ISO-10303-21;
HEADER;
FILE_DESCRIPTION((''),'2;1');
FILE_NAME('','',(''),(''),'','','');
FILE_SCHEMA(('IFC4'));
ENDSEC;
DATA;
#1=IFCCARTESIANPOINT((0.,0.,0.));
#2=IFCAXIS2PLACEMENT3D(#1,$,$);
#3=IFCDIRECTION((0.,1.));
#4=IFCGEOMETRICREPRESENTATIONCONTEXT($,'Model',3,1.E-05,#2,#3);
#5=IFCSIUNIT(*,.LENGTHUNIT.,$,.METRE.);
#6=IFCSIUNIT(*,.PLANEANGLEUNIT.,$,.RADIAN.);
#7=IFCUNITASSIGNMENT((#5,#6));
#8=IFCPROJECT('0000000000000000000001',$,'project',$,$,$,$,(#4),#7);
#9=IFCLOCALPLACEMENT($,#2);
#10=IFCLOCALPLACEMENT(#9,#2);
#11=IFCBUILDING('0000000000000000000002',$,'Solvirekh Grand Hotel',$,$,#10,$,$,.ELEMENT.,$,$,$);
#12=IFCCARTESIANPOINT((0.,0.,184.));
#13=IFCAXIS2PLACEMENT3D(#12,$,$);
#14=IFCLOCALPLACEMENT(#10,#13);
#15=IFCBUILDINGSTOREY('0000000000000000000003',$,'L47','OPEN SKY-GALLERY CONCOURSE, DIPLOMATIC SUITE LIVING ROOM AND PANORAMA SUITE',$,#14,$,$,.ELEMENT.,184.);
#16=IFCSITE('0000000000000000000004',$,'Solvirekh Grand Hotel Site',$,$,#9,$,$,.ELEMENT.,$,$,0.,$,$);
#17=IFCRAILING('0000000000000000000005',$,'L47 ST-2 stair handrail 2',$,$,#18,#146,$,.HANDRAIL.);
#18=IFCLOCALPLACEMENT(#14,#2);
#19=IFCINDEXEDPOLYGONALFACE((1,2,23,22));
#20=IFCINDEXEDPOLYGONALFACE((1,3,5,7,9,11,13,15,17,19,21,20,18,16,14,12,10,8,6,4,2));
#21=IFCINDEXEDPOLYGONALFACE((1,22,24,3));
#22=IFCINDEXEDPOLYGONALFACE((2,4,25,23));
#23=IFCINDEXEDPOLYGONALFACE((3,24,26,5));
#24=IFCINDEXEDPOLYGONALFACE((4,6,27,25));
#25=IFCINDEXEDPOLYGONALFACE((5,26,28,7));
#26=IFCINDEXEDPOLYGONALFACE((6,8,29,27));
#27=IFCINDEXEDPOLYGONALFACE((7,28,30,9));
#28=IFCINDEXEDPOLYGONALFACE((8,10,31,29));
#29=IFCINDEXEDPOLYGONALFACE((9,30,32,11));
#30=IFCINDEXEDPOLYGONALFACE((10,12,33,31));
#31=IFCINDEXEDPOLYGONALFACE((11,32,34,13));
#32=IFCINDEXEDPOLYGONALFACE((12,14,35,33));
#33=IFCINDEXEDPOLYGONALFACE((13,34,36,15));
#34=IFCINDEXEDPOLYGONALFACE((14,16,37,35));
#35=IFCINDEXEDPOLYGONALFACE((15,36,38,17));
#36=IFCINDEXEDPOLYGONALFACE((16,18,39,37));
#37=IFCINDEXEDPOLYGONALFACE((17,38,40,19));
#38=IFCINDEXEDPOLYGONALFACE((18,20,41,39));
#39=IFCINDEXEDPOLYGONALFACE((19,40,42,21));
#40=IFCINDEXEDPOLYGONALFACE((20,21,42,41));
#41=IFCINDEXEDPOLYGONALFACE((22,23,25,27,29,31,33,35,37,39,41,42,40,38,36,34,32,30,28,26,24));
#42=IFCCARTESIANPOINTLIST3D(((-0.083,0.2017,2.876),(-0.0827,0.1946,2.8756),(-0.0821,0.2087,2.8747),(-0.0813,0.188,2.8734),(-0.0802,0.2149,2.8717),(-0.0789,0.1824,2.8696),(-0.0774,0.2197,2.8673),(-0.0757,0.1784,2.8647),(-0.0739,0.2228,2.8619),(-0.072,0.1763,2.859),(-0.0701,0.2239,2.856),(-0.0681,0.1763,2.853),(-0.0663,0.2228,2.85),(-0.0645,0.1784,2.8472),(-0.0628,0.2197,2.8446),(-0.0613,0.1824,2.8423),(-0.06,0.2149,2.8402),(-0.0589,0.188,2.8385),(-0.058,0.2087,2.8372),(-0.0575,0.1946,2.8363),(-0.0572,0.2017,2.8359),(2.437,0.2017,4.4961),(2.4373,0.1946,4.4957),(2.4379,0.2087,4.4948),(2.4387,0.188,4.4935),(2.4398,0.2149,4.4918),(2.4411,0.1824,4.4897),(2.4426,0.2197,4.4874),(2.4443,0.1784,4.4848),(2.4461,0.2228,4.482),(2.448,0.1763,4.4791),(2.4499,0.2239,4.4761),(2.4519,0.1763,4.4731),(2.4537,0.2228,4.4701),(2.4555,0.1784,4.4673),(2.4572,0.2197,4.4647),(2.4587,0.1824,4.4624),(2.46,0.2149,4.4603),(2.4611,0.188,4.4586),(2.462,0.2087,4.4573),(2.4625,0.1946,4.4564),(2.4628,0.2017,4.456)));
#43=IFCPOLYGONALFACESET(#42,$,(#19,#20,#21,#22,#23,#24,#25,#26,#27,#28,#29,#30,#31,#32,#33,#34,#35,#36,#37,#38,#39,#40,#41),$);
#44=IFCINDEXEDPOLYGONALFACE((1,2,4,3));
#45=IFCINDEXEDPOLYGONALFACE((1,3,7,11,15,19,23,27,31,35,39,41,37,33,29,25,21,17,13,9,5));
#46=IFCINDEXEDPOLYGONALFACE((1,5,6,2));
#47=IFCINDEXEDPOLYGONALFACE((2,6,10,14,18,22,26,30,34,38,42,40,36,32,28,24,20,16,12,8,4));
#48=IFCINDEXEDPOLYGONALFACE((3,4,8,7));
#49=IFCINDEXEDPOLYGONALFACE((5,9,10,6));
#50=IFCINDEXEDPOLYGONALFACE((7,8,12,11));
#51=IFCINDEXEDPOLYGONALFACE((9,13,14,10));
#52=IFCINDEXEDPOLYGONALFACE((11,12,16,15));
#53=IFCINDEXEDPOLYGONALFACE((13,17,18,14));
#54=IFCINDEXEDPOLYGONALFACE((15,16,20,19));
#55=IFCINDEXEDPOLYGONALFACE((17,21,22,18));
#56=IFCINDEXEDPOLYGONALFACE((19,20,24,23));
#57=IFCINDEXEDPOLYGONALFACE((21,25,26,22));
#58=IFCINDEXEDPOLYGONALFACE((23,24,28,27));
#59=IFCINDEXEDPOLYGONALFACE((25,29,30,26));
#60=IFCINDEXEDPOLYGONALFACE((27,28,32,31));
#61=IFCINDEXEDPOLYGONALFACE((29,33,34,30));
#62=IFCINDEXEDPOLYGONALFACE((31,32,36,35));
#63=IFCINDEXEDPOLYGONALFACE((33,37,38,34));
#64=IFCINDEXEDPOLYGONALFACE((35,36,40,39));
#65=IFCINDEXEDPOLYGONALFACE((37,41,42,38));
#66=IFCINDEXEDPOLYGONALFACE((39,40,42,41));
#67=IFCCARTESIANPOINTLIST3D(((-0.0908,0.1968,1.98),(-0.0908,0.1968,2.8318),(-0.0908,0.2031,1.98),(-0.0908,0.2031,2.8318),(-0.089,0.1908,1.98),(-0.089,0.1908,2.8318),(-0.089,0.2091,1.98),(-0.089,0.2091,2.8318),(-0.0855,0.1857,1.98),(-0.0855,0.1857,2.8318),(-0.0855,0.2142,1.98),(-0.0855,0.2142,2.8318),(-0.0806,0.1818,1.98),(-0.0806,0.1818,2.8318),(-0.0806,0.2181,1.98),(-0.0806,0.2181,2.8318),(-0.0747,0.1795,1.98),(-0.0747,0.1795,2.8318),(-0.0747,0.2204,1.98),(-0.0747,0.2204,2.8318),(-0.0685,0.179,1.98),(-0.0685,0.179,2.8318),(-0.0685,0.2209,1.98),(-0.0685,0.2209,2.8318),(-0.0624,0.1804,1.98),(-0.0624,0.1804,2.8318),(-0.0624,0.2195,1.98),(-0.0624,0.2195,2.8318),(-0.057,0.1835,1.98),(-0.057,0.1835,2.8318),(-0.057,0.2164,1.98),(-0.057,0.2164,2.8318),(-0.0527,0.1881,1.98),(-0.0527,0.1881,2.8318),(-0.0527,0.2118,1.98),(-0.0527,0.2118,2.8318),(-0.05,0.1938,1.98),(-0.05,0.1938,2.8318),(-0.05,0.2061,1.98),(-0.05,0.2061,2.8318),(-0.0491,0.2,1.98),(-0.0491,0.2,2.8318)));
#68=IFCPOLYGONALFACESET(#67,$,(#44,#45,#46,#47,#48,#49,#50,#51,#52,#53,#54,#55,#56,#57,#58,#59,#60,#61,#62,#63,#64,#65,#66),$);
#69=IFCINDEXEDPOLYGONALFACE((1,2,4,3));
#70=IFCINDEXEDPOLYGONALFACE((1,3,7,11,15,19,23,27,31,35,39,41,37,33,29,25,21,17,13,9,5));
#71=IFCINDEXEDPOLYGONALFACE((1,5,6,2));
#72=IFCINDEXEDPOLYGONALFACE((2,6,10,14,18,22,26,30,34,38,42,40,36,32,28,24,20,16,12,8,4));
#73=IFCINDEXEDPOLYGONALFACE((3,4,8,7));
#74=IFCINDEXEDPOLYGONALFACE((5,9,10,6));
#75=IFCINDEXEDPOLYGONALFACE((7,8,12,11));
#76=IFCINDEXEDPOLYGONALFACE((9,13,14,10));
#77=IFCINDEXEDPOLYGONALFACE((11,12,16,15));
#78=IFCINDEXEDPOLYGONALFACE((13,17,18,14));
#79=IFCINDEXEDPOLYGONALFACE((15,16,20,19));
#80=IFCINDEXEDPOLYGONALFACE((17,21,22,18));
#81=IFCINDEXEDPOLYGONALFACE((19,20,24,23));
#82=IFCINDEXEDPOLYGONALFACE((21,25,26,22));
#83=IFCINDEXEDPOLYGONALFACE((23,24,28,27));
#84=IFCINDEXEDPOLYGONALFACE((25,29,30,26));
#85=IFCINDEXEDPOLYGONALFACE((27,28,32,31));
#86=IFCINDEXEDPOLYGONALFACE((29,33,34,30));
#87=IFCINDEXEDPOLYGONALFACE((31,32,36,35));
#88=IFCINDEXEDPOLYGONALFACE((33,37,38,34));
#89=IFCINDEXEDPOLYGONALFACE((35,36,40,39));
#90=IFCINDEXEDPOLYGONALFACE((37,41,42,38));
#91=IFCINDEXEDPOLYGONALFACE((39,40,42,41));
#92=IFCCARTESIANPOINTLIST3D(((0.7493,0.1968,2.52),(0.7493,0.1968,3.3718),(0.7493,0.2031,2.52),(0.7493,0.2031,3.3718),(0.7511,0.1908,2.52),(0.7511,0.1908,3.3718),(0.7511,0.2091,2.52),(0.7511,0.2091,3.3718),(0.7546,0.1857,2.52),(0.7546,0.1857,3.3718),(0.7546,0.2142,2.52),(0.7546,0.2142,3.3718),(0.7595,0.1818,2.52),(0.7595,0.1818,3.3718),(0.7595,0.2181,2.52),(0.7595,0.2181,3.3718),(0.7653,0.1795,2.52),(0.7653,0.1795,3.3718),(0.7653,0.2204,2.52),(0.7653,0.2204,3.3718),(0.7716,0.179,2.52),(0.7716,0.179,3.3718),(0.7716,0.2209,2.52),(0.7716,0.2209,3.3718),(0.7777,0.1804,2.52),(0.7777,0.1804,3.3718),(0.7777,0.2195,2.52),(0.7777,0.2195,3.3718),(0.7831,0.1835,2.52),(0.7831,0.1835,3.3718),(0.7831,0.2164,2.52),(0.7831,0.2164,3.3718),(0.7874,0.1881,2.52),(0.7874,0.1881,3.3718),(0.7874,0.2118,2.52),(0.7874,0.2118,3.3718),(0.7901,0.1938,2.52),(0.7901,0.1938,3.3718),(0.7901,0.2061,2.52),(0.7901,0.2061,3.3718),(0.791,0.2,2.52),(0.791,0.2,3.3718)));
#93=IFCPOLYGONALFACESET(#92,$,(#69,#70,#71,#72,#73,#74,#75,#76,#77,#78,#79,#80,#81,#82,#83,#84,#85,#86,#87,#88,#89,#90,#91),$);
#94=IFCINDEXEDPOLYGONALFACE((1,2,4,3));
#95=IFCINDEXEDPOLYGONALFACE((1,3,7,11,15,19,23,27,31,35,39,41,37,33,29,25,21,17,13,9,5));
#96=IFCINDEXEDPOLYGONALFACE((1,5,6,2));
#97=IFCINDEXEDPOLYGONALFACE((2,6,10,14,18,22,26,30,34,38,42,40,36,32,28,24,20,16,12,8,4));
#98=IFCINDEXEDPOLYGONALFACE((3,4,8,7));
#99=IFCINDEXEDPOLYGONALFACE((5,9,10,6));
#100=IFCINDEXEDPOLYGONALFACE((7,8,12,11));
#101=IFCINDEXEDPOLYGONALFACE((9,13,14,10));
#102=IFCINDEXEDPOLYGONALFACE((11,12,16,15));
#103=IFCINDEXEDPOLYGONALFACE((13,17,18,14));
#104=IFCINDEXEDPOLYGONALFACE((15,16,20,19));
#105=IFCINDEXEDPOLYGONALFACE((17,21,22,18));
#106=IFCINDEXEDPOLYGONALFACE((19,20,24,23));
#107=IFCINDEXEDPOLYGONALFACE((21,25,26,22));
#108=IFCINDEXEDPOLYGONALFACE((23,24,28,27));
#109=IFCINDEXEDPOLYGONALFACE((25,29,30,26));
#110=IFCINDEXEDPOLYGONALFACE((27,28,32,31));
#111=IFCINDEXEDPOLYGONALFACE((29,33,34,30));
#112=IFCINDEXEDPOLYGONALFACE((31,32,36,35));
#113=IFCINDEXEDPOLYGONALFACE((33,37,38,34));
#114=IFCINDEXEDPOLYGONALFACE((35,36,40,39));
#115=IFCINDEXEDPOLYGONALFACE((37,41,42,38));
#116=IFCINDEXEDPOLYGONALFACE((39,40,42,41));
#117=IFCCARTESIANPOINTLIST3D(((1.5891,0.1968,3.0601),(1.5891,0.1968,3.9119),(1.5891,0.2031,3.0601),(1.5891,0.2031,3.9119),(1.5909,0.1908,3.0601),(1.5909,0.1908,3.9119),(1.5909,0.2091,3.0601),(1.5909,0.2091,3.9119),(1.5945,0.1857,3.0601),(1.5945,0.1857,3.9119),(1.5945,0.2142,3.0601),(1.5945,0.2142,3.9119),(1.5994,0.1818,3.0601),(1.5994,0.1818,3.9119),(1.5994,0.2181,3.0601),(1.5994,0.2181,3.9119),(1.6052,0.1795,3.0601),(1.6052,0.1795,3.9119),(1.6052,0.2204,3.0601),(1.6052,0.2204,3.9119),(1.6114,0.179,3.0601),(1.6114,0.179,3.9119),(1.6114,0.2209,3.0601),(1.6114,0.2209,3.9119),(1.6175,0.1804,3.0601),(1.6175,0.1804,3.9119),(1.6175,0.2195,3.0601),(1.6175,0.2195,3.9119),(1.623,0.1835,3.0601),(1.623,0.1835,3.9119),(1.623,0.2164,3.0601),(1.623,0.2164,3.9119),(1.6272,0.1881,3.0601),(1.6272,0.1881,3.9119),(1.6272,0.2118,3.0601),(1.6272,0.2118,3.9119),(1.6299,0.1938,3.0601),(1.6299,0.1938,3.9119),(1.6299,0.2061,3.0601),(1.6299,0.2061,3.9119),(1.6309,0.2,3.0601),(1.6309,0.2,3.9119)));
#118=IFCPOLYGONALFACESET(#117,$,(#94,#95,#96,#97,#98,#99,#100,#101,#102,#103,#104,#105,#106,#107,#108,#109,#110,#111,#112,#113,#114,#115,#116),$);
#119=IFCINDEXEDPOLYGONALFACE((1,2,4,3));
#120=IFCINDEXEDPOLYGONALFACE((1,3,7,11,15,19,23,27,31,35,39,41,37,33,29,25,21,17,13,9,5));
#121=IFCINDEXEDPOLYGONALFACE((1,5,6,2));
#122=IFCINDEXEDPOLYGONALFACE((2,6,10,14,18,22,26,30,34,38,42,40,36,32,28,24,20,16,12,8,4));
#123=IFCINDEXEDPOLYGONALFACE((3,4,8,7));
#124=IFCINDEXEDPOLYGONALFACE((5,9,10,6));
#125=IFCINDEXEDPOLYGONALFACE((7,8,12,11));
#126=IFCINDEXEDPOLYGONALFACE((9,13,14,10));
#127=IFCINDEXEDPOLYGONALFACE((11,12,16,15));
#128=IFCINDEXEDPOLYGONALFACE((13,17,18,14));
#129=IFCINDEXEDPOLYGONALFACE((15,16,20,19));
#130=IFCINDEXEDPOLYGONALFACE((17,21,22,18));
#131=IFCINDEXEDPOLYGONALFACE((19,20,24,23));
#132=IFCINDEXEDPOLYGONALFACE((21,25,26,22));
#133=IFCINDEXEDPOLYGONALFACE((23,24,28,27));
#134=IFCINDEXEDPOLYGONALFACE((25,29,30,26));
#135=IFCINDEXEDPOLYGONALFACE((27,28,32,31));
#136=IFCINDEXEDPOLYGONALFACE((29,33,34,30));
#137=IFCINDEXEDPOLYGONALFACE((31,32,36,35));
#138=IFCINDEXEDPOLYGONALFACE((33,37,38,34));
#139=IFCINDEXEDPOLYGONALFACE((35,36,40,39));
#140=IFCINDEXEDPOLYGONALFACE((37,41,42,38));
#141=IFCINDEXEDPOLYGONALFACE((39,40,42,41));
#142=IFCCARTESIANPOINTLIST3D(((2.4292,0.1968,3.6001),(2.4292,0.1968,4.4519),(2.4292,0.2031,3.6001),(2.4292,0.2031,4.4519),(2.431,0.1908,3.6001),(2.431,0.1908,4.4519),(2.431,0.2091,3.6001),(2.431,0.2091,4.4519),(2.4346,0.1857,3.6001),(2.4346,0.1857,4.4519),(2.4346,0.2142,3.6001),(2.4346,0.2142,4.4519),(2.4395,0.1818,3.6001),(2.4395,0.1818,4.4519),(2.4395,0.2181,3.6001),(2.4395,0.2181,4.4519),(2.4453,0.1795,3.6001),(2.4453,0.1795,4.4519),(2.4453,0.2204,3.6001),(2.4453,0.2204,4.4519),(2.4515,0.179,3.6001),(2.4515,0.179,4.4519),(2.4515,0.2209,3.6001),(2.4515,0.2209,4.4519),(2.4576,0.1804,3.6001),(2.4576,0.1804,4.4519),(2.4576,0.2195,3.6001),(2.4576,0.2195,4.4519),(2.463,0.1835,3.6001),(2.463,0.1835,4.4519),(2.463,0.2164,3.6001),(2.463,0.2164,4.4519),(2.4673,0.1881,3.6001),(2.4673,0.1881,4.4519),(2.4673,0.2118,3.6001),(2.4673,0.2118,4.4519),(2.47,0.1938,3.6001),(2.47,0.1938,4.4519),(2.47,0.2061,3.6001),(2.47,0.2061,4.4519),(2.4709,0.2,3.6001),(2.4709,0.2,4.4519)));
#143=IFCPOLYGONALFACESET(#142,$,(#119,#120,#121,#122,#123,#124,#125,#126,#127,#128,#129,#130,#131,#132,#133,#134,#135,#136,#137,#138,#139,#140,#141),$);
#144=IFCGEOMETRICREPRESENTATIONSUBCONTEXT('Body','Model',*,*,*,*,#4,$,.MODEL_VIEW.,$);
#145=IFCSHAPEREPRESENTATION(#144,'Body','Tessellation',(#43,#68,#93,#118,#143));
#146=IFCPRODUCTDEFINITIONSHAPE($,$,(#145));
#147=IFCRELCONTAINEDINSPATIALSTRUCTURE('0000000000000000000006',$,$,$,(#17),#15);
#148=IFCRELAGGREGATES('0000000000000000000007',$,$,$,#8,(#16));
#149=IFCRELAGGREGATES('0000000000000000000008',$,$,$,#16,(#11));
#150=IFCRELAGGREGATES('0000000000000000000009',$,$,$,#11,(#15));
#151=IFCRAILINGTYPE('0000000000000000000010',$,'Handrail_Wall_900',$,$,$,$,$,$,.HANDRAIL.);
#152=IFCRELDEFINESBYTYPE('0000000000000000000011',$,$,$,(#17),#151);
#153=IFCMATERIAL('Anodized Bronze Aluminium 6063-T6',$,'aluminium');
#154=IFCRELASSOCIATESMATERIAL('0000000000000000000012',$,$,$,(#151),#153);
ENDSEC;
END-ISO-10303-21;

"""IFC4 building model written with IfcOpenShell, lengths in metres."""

from ifc_helpers import new_model, si_unit, direction, frame, origin, origin_2d, place, context, subcontext, project, spatial, circle, extrude, material, type_object, element, save


model = new_model("IFC4")

# Units and contexts
model_context = context("Model", 3, precision=1e-05, world=origin(), true_north=direction((0.0, 1.0)))
body_context = subcontext(model_context, "Body", "Model", "MODEL_VIEW")
ifc_project = project(units=[si_unit("LENGTHUNIT", "METRE"), si_unit("PLANEANGLEUNIT", "RADIAN")], contexts=[model_context])

# Site, building, storey
site_placement = place(None, origin())
site = spatial("IfcSite", under=ifc_project, at=site_placement, Name="Solvirekh Grand Hotel Site", CompositionType="ELEMENT", RefElevation=0.0)
building_placement = place(site_placement, origin())
building = spatial("IfcBuilding", under=site, at=building_placement, Name="Solvirekh Grand Hotel", CompositionType="ELEMENT")
storey_placement = place(building_placement, frame((0.0, 0.0, 184.0)))
storey = spatial("IfcBuildingStorey", under=building, at=storey_placement, Name="L47", Description="OPEN SKY-GALLERY CONCOURSE, DIPLOMATIC SUITE LIVING ROOM AND PANORAMA SUITE", CompositionType="ELEMENT", Elevation=184.0)

# Railing
ifc_material_1 = material(Name="Anodized Bronze Aluminium 6063-T6", Category="aluminium")
railing_type_1 = type_object("IfcRailingType", Name="Handrail_Wall_900", PredefinedType="HANDRAIL", material=ifc_material_1)
railing_1_placement = place(storey_placement, frame((-0.0701, 0.2, 1.98)))
element("IfcRailing", 1, at=railing_1_placement, inside=storey, type_object=railing_type_1, Name="L47 ST-2 stair handrail 2", PredefinedType="HANDRAIL", context=body_context, shape_type="SweptSolid", body=[
    extrude(circle(Radius=0.0239, at=origin_2d()), frame((0.0, 0.0, 0.876), z_axis=(0.841163, 0.0, 0.540782), x_axis=(0.0, 1.0, 0.0)), (0.0, 0.0, 1.0), 2.9958),
    extrude(circle(Radius=0.021, at=origin_2d()), origin(), (0.0, 0.0, 1.0), 0.8518),
    extrude(circle(Radius=0.021, at=origin_2d()), frame((0.8401, 0.0, 0.54)), (0.0, 0.0, 1.0), 0.8518),
    extrude(circle(Radius=0.021, at=origin_2d()), frame((1.6799, 0.0, 1.0801)), (0.0, 0.0, 1.0), 0.8518),
    extrude(circle(Radius=0.021, at=origin_2d()), frame((2.52, 0.0, 1.6201)), (0.0, 0.0, 1.0), 0.8518),
])

save(model, "model.ifc")
